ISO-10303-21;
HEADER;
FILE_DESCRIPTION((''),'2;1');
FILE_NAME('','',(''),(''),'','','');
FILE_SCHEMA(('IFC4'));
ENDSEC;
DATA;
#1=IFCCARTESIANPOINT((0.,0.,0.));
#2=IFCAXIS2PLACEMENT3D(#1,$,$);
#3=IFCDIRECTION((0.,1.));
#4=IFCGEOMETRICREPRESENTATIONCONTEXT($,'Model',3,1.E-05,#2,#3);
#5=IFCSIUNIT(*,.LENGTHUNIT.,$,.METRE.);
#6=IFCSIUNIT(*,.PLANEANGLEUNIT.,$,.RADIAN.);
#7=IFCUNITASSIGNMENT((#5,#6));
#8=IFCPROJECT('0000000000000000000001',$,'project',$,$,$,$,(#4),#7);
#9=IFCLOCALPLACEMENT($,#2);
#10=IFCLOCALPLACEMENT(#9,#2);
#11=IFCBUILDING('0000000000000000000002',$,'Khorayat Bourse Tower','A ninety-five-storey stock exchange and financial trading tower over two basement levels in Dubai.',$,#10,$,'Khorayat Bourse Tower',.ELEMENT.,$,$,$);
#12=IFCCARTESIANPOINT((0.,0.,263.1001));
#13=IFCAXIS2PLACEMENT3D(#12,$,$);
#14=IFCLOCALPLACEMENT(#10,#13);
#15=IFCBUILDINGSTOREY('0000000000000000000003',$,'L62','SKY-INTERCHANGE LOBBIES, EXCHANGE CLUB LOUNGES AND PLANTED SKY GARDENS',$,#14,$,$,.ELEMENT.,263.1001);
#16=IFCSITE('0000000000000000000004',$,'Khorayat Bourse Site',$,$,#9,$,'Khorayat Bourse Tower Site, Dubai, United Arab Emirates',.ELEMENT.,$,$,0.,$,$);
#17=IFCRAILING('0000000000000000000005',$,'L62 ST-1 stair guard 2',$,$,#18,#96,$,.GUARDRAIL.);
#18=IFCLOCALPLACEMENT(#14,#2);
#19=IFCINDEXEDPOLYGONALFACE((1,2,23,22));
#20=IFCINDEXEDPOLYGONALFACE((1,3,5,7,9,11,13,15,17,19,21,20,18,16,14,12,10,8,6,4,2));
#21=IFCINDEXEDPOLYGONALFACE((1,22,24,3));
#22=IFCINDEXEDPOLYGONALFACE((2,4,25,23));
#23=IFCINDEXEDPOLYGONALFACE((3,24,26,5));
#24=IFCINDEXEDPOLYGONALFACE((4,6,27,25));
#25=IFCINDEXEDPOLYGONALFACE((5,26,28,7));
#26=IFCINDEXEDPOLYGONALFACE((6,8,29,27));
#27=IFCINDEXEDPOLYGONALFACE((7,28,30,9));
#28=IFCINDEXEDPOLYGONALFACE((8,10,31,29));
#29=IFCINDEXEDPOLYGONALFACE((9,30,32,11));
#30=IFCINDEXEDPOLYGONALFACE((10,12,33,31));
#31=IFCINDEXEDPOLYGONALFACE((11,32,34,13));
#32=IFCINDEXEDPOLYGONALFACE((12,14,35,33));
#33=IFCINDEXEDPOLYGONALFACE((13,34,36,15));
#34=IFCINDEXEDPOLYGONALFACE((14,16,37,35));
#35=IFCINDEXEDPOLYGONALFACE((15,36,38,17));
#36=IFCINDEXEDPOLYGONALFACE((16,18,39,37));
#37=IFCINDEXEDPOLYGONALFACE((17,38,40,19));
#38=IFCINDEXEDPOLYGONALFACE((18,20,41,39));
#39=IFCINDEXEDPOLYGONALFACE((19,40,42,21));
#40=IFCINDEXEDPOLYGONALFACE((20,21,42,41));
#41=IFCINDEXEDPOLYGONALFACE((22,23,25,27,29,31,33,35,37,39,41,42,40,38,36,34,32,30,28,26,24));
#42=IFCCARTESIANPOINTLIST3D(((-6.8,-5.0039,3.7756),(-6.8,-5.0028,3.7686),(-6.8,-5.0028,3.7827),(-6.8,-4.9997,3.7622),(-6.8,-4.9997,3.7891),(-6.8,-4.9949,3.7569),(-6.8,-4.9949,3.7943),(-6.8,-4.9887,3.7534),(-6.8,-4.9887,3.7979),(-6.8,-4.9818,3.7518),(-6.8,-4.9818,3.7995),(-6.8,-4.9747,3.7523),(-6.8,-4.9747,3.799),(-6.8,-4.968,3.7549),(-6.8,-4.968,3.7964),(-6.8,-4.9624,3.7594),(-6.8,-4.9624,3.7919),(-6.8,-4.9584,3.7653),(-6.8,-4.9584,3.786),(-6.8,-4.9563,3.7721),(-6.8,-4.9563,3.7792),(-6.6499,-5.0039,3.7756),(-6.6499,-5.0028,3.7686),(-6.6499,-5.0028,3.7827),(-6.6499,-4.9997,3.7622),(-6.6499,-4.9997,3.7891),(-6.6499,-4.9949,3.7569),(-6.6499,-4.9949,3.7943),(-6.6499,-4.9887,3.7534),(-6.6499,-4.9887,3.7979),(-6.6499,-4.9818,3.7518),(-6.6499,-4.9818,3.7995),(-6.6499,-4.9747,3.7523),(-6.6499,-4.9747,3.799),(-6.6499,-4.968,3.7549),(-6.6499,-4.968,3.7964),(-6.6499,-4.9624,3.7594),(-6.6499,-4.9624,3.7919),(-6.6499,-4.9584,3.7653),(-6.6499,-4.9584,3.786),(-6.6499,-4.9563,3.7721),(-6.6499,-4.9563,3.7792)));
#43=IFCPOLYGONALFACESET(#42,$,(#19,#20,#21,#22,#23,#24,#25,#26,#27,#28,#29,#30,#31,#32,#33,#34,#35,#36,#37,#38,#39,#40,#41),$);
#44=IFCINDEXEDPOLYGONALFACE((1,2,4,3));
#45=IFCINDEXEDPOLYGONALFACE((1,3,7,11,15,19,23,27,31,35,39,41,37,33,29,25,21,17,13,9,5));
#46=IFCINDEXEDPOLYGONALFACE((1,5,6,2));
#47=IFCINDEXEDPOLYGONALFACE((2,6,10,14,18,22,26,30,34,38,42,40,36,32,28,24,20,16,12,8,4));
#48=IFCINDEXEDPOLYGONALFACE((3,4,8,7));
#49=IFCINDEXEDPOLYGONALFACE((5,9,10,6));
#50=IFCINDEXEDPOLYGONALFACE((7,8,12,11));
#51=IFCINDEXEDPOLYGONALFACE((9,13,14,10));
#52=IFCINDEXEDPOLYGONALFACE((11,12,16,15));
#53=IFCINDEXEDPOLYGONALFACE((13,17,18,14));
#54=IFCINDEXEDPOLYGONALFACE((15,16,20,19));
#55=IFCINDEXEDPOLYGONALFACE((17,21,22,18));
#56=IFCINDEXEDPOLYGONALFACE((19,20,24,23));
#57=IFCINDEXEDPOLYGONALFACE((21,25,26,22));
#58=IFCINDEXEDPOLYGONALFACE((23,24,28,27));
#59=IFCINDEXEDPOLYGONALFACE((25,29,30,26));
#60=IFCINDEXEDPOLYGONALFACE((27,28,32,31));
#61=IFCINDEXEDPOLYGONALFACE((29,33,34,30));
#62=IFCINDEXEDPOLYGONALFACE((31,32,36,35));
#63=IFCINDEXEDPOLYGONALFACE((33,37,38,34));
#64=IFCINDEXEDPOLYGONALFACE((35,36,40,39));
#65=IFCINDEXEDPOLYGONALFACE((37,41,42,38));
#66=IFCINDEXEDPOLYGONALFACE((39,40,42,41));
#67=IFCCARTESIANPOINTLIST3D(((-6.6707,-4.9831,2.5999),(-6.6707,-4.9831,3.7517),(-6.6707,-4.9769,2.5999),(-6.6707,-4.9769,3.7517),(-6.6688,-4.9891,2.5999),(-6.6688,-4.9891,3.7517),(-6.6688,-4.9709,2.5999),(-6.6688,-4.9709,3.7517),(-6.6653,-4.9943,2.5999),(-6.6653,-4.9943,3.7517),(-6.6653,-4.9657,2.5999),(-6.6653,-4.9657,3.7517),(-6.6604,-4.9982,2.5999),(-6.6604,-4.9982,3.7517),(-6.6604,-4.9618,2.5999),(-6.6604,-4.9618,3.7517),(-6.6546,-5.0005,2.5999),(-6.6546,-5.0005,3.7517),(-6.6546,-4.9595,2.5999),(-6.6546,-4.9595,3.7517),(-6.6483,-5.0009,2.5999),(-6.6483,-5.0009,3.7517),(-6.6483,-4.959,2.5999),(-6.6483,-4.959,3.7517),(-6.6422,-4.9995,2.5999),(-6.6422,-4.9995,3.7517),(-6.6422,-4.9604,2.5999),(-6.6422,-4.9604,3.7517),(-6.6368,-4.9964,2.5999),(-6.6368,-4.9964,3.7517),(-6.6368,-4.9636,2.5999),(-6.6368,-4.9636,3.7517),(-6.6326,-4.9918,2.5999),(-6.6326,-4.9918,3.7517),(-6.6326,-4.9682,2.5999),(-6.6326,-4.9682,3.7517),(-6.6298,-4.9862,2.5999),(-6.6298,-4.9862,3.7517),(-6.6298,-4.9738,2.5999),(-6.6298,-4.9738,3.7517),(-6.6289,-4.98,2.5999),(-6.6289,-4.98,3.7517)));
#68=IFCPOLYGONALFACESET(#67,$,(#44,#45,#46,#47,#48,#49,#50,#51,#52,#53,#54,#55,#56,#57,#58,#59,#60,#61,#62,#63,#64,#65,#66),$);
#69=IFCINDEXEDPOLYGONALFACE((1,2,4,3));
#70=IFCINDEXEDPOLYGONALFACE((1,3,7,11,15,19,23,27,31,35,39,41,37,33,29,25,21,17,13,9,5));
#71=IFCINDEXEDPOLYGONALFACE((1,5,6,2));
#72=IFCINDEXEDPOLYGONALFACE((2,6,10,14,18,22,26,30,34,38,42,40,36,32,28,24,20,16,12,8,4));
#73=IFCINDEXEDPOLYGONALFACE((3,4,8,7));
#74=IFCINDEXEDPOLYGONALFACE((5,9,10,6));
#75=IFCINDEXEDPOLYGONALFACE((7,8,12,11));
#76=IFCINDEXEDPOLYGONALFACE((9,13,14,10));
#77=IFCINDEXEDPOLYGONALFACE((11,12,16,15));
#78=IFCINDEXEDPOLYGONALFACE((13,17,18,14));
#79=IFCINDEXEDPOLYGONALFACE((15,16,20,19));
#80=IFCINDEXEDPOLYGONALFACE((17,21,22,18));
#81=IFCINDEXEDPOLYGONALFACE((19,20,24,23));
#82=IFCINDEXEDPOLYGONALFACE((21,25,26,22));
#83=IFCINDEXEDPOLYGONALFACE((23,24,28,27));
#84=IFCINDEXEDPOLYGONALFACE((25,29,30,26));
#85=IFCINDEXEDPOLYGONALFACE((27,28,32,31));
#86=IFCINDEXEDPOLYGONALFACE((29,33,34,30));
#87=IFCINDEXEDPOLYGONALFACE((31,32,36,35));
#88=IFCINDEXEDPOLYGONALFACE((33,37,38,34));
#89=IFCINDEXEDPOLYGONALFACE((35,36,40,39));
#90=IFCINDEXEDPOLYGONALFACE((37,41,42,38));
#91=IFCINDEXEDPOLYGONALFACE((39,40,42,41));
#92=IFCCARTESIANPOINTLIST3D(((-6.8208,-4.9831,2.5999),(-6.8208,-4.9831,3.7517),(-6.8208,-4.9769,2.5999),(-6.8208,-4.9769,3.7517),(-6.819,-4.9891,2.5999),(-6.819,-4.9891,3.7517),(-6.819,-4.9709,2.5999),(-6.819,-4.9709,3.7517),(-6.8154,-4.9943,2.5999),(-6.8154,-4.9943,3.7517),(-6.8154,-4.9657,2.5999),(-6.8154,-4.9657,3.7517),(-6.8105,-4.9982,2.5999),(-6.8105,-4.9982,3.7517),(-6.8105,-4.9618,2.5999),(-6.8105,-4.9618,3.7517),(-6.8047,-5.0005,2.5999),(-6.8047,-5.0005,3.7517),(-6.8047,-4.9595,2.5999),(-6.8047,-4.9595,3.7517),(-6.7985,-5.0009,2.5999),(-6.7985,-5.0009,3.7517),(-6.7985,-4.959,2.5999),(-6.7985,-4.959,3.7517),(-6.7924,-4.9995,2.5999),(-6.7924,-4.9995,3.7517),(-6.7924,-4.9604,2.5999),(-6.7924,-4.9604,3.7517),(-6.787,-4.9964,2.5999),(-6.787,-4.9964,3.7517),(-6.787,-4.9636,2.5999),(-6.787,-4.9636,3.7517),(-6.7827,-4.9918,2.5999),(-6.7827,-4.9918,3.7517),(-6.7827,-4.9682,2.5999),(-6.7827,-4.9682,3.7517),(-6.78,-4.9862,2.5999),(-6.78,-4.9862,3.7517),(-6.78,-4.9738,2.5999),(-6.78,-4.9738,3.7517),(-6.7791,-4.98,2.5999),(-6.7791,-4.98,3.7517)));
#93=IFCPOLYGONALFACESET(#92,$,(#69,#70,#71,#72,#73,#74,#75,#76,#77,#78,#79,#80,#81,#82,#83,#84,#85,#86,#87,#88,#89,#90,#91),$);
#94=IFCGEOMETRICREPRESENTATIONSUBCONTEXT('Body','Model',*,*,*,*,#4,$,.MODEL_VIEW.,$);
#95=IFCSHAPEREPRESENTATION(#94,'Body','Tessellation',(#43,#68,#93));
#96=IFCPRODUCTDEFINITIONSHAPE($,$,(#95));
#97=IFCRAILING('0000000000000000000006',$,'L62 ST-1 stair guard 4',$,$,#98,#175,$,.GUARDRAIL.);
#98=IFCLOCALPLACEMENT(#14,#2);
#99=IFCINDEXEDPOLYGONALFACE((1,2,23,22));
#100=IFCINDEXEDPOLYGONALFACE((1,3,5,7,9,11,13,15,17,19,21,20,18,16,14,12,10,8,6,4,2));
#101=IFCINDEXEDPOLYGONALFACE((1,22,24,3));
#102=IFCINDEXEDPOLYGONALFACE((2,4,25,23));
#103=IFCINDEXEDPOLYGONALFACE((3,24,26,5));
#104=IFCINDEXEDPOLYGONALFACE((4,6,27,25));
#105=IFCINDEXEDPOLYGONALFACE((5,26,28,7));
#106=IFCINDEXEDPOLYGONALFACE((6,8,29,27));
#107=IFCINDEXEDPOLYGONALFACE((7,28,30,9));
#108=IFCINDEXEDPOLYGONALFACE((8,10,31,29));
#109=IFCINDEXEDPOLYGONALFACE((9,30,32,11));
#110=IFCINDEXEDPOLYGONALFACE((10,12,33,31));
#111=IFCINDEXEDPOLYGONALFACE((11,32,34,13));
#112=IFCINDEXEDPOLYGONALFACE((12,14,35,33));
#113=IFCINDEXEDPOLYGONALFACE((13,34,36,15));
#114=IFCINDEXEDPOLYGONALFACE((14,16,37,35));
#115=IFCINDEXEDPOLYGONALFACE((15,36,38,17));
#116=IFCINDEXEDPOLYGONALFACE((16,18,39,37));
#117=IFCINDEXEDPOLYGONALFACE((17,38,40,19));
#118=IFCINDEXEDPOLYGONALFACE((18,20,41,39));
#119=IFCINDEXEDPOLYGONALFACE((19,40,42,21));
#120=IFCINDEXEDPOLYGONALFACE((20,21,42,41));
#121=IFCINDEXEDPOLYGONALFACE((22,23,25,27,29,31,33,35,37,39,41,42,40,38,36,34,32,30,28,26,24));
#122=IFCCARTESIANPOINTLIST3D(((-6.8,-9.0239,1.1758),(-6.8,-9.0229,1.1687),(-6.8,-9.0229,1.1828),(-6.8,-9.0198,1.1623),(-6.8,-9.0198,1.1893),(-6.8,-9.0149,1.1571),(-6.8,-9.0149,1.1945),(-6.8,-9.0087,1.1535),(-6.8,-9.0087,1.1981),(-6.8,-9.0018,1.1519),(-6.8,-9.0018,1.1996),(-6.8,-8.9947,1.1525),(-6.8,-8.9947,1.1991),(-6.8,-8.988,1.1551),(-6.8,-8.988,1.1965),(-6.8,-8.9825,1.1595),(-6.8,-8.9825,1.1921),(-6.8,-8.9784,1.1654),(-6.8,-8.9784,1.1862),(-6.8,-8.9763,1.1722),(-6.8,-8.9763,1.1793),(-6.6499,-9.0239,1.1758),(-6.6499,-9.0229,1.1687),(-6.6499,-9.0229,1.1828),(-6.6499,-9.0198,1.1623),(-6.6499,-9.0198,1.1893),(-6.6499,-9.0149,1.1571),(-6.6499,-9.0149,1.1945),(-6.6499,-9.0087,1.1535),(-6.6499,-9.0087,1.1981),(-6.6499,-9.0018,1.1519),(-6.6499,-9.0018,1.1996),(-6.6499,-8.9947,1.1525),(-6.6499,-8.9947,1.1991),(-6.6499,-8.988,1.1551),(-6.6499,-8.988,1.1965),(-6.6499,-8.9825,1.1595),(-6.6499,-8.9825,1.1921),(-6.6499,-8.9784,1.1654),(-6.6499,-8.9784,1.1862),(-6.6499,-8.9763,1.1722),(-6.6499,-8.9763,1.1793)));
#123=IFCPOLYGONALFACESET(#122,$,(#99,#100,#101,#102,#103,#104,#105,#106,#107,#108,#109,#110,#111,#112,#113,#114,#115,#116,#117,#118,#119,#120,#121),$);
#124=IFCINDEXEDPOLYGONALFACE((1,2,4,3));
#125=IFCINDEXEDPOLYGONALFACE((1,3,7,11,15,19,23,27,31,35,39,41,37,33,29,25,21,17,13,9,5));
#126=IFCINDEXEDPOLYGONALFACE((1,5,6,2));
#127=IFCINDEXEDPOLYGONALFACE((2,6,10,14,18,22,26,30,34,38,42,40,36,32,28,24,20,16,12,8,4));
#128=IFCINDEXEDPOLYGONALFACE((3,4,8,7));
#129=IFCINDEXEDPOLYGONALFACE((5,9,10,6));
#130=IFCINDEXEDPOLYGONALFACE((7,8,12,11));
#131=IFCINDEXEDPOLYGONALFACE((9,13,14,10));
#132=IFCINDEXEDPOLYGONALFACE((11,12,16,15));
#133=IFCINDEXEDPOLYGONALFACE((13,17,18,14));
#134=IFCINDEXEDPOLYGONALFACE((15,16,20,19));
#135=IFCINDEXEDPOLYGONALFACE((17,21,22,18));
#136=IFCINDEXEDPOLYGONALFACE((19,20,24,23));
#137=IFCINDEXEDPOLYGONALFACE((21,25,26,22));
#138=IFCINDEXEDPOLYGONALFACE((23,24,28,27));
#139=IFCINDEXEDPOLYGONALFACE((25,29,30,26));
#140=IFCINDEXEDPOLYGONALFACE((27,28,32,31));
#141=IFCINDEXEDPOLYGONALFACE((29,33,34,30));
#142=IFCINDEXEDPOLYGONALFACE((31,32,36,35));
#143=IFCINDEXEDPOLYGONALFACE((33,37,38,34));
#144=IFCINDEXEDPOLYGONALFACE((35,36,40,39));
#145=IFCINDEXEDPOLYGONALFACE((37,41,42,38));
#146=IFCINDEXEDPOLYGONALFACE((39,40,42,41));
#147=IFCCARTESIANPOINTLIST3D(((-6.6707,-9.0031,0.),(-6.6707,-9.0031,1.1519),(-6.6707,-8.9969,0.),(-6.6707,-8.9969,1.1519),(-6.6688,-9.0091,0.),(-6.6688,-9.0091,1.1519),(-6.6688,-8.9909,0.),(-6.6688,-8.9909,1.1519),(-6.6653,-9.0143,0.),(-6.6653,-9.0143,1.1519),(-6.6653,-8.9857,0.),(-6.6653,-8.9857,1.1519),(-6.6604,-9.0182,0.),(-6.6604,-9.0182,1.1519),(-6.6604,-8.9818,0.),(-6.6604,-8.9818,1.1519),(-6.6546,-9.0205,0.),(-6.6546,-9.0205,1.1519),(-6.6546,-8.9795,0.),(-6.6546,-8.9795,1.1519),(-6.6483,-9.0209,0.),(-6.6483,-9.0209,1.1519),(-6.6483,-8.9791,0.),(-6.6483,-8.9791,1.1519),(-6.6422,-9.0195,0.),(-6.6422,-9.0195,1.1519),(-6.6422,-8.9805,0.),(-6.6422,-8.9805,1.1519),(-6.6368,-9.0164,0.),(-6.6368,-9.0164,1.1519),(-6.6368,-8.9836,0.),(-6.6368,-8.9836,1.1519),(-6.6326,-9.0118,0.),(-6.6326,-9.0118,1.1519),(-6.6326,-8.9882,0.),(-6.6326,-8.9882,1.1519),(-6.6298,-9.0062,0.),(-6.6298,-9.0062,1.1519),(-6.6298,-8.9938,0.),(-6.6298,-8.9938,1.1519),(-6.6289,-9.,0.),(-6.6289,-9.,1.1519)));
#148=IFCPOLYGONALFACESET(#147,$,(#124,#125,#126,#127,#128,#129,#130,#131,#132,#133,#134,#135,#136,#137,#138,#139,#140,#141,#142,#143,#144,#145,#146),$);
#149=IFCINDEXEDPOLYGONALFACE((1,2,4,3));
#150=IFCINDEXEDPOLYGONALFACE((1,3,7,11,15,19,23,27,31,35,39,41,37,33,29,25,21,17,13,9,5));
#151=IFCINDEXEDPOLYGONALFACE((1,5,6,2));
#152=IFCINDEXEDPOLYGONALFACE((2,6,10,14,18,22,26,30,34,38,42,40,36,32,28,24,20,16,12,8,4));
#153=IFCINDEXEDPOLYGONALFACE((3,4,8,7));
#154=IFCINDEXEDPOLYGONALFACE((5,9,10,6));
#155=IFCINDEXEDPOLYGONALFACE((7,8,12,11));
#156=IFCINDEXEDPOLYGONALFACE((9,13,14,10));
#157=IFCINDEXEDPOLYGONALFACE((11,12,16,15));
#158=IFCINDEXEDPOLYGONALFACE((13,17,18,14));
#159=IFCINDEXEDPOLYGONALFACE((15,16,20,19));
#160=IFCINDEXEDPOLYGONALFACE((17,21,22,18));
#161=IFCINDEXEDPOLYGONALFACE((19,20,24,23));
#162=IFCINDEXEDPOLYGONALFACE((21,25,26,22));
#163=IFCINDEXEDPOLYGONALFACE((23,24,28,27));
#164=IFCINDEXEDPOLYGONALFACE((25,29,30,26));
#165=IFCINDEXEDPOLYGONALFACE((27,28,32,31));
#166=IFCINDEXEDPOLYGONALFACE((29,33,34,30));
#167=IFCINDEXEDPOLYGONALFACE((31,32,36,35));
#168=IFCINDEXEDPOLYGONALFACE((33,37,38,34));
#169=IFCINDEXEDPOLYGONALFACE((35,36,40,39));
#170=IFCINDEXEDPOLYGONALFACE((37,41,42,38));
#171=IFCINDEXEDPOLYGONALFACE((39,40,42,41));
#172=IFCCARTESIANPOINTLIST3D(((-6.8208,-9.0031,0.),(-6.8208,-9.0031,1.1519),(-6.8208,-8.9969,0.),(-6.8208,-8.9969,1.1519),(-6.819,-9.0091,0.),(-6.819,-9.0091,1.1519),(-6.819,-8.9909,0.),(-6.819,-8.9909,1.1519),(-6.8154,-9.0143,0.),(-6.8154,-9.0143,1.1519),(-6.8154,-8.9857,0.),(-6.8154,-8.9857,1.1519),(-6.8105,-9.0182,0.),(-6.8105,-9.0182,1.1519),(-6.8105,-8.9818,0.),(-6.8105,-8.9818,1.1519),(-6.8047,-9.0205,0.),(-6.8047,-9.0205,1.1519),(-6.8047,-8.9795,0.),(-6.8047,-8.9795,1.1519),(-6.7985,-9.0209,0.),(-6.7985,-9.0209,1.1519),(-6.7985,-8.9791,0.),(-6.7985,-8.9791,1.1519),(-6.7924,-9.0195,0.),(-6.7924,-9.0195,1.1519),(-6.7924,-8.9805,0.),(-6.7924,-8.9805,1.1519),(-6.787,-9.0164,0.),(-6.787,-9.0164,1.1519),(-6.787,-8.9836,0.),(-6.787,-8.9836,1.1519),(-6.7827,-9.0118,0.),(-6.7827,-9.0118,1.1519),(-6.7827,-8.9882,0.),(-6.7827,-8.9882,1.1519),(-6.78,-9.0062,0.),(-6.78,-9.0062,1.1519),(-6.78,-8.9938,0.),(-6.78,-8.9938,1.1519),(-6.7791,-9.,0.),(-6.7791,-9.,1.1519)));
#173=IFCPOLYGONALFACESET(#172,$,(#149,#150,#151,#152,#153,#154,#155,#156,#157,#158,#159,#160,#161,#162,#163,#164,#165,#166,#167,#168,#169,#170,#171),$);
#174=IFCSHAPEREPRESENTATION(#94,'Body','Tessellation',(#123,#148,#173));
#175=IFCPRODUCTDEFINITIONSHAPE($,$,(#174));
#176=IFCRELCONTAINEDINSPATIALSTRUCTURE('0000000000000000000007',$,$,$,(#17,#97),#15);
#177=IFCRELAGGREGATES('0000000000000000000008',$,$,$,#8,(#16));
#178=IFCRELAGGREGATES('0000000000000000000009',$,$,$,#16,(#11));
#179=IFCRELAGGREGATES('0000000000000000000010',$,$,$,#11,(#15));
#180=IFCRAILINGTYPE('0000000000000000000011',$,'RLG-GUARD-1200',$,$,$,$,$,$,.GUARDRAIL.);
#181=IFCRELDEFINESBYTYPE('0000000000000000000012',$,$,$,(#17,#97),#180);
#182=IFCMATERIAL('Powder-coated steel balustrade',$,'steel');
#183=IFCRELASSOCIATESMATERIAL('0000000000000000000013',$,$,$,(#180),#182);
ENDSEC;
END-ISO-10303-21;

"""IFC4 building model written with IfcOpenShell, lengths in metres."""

from ifc_helpers import new_model, si_unit, direction, frame, origin, origin_2d, place, context, subcontext, project, spatial, circle, extrude, source, transform, mapped, material, type_object, element, save


model = new_model("IFC4")

# Units and contexts
model_context = context("Model", 3, precision=1e-05, world=origin(), true_north=direction((0.0, 1.0)))
body_context = subcontext(model_context, "Body", "Model", "MODEL_VIEW")
ifc_project = project(units=[si_unit("LENGTHUNIT", "METRE"), si_unit("PLANEANGLEUNIT", "RADIAN")], contexts=[model_context])

# Site, building, storey
site_placement = place(None, origin())
site = spatial("IfcSite", under=ifc_project, at=site_placement, Name="Khorayat Bourse Site", LongName="Khorayat Bourse Tower Site, Dubai, United Arab Emirates", CompositionType="ELEMENT", RefElevation=0.0)
building_placement = place(site_placement, origin())
building = spatial("IfcBuilding", under=site, at=building_placement, Name="Khorayat Bourse Tower", Description="A ninety-five-storey stock exchange and financial trading tower over two basement levels in Dubai.", LongName="Khorayat Bourse Tower", CompositionType="ELEMENT")
storey_placement = place(building_placement, frame((0.0, 0.0, 263.1001)))
storey = spatial("IfcBuildingStorey", under=building, at=storey_placement, Name="L62", Description="SKY-INTERCHANGE LOBBIES, EXCHANGE CLUB LOUNGES AND PLANTED SKY GARDENS", CompositionType="ELEMENT", Elevation=263.1001)

# Railings
ifc_material_1 = material(Name="Powder-coated steel balustrade", Category="steel")
railing_type_1 = type_object("IfcRailingType", Name="RLG-GUARD-1200", PredefinedType="GUARDRAIL", material=ifc_material_1)
shared_shape_1 = source(origin(), body_context, "Body", "SweptSolid", [
    extrude(circle(Radius=0.0239, at=origin_2d()), frame((0.0, 0.0, 1.1758), z_axis=(-1.0, 0.0, 0.0), x_axis=(0.0, -1.0, 0.0)), (0.0, 0.0, 1.0), 0.1501),
    extrude(circle(Radius=0.021, at=origin_2d()), origin(), (0.0, 0.0, 1.0), 1.1519),
    extrude(circle(Radius=0.021, at=origin_2d()), frame((-0.1501, 0.0, 0.0)), (0.0, 0.0, 1.0), 1.1519),
])
for number, where, name in (
    (1, (-6.6499, -4.98, 2.5999), "L62 ST-1 stair guard 2"),
    (2, (-6.6499, -9.0, 0.0), "L62 ST-1 stair guard 4"),
):
    element("IfcRailing", number, at=place(storey_placement, frame(where)), inside=storey, type_object=railing_type_1, Name=name, PredefinedType="GUARDRAIL", context=body_context, shape_type="MappedRepresentation", body=[
        mapped(shared_shape_1, transform((0.0, 0.0, 0.0), scale=1.0)),
    ])

save(model, "model.ifc")
